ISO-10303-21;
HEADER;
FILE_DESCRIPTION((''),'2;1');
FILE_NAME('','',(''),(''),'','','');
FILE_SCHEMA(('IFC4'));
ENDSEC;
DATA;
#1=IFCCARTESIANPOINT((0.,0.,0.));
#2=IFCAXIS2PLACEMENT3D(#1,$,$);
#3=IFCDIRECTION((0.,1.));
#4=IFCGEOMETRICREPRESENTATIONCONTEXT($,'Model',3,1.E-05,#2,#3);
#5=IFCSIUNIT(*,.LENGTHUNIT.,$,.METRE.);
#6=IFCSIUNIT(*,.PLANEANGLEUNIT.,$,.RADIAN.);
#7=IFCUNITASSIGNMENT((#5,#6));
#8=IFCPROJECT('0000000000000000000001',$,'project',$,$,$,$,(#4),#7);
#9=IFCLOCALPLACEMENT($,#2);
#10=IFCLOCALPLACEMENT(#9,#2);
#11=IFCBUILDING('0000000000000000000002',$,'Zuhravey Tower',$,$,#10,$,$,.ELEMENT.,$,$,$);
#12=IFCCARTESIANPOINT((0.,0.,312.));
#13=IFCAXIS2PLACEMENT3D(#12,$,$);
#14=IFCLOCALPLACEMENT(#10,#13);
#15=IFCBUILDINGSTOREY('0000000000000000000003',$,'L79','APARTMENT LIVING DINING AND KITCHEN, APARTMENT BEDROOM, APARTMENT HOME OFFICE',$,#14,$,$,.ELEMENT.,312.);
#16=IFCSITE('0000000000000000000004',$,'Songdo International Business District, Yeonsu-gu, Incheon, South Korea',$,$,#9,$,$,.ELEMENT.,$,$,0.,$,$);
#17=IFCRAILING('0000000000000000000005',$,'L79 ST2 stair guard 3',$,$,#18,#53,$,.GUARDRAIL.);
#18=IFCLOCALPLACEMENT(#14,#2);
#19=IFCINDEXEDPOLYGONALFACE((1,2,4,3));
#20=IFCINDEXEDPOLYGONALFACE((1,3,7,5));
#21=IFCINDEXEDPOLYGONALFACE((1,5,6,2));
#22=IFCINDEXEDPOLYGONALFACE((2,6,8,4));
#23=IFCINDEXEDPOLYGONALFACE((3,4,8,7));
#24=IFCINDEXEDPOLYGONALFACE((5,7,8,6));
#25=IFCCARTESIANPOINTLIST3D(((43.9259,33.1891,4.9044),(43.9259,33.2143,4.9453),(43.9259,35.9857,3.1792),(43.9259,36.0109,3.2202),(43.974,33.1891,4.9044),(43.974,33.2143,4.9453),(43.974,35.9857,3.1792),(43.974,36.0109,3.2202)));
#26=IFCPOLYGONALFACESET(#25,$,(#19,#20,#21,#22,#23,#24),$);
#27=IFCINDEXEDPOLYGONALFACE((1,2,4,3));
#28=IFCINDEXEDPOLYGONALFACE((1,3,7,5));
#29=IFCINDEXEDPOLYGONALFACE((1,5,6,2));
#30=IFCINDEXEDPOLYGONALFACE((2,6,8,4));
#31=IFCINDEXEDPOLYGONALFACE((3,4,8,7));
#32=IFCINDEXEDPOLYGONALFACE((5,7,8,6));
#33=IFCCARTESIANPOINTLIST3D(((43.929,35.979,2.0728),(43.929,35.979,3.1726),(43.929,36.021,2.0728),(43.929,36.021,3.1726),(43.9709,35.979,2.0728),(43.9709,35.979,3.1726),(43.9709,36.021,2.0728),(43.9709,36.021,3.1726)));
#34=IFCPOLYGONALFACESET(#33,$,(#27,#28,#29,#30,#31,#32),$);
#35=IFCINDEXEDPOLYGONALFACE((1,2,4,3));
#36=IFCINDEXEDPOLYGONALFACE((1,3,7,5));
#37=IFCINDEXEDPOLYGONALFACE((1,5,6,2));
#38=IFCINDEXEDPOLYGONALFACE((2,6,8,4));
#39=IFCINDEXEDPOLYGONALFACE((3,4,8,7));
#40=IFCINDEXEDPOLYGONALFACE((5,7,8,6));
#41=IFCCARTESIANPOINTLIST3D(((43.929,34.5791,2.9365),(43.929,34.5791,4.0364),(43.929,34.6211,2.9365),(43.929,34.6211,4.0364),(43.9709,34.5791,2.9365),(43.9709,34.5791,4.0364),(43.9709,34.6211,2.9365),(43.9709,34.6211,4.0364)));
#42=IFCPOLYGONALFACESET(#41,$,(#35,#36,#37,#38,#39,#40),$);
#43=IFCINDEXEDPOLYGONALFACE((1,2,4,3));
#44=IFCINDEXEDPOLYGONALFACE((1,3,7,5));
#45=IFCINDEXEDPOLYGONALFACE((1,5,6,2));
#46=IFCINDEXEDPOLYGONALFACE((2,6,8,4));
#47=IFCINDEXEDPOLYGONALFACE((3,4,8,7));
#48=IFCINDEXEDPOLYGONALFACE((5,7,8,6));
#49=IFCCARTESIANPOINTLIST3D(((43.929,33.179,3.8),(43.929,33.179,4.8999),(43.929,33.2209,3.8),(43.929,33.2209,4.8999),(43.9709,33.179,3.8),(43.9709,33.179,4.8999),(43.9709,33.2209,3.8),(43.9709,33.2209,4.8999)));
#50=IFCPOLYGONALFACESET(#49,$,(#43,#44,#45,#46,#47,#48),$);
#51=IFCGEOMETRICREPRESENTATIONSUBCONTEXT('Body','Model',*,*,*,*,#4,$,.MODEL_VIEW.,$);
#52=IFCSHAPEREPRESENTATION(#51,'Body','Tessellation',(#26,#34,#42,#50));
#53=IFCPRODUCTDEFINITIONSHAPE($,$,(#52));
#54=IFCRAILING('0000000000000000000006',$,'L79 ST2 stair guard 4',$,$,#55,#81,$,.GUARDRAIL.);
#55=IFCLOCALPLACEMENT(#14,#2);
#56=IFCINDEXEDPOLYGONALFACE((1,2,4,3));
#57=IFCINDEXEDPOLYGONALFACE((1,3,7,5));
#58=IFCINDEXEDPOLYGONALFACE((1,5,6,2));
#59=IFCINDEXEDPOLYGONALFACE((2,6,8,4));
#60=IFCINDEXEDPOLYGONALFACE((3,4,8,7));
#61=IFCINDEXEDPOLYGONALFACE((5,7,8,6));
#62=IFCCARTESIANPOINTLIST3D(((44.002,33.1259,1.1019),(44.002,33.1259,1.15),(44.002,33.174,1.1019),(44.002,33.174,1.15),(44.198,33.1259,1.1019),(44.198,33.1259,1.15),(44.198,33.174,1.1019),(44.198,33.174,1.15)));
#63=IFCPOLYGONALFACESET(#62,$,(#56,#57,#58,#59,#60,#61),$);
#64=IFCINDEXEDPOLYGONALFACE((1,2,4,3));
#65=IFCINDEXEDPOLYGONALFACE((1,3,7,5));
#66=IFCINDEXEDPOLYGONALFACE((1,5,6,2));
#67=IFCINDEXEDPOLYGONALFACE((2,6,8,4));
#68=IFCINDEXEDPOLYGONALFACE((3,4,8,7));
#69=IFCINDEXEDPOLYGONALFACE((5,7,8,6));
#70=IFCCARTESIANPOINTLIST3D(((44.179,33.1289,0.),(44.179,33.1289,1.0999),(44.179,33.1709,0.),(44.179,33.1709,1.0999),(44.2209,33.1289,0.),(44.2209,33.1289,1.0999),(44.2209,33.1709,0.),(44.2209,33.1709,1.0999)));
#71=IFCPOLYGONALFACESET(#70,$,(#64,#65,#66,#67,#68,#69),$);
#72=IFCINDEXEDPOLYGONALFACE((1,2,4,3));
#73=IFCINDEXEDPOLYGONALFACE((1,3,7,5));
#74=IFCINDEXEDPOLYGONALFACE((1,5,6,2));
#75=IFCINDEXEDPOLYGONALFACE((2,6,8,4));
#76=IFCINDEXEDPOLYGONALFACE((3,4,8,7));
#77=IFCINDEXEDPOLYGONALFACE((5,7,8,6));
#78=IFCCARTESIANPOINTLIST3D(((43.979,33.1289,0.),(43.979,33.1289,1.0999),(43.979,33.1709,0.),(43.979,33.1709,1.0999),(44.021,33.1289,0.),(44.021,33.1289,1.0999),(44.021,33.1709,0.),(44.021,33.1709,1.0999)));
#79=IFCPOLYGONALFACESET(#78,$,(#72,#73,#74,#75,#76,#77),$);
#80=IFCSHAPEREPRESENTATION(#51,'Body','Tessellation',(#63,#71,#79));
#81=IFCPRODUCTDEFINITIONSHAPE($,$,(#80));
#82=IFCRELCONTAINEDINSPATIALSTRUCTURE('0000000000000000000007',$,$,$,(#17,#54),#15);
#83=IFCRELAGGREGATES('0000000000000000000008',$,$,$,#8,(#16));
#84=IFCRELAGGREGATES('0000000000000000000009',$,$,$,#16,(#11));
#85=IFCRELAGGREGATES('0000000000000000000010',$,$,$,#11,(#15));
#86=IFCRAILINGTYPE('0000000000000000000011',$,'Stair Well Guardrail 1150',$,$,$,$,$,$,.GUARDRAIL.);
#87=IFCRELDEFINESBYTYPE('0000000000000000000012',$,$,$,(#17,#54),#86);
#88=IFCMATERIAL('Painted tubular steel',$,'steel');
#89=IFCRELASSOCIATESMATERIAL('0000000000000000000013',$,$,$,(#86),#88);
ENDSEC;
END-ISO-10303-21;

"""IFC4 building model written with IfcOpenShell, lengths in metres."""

from ifc_helpers import new_model, si_unit, direction, frame, origin, origin_2d, place, context, subcontext, project, spatial, rectangle, extrude, material, type_object, element, save


model = new_model("IFC4")

# Units and contexts
model_context = context("Model", 3, precision=1e-05, world=origin(), true_north=direction((0.0, 1.0)))
body_context = subcontext(model_context, "Body", "Model", "MODEL_VIEW")
ifc_project = project(units=[si_unit("LENGTHUNIT", "METRE"), si_unit("PLANEANGLEUNIT", "RADIAN")], contexts=[model_context])

# Site, building, storey
site_placement = place(None, origin())
site = spatial("IfcSite", under=ifc_project, at=site_placement, Name="Songdo International Business District, Yeonsu-gu, Incheon, South Korea", CompositionType="ELEMENT", RefElevation=0.0)
building_placement = place(site_placement, origin())
building = spatial("IfcBuilding", under=site, at=building_placement, Name="Zuhravey Tower", CompositionType="ELEMENT")
storey_placement = place(building_placement, frame((0.0, 0.0, 312.0)))
storey = spatial("IfcBuildingStorey", under=building, at=storey_placement, Name="L79", Description="APARTMENT LIVING DINING AND KITCHEN, APARTMENT BEDROOM, APARTMENT HOME OFFICE", CompositionType="ELEMENT", Elevation=312.0)

# Railings
ifc_material_1 = material(Name="Painted tubular steel", Category="steel")
railing_type_1 = type_object("IfcRailingType", Name="Stair Well Guardrail 1150", PredefinedType="GUARDRAIL", material=ifc_material_1)
railing_1_placement = place(storey_placement, frame((43.95, 36.0, 2.0728)))
element("IfcRailing", 1, at=railing_1_placement, inside=storey, type_object=railing_type_1, Name="L79 ST2 stair guard 3", PredefinedType="GUARDRAIL", context=body_context, shape_type="SweptSolid", body=[
    extrude(rectangle(XDim=0.0481, YDim=0.0481, at=origin_2d()), frame((0.0, -0.0017, 1.127), z_axis=(0.0, -0.85109, 0.52502), x_axis=(1.0, 0.0, 0.0)), (0.0, 0.0, 1.0), 3.2859),
    extrude(rectangle(XDim=0.042, YDim=0.042, at=origin_2d()), origin(), (0.0, 0.0, 1.0), 1.0999),
    extrude(rectangle(XDim=0.042, YDim=0.042, at=origin_2d()), frame((0.0, -1.3999, 0.8638)), (0.0, 0.0, 1.0), 1.0999),
    extrude(rectangle(XDim=0.042, YDim=0.042, at=origin_2d()), frame((0.0, -2.8, 1.7273)), (0.0, 0.0, 1.0), 1.0999),
])
railing_2_placement = place(storey_placement, frame((44.2, 33.1499, 0.0)))
element("IfcRailing", 2, at=railing_2_placement, inside=storey, type_object=railing_type_1, Name="L79 ST2 stair guard 4", PredefinedType="GUARDRAIL", context=body_context, shape_type="SweptSolid", body=[
    extrude(rectangle(XDim=0.0481, YDim=0.0481, at=origin_2d()), frame((-0.002, 0.0, 1.126), z_axis=(-1.0, 0.0, 0.0), x_axis=(0.0, -1.0, 0.0)), (0.0, 0.0, 1.0), 0.196),
    extrude(rectangle(XDim=0.042, YDim=0.042, at=origin_2d()), origin(), (0.0, 0.0, 1.0), 1.0999),
    extrude(rectangle(XDim=0.042, YDim=0.042, at=origin_2d()), frame((-0.2, 0.0, 0.0)), (0.0, 0.0, 1.0), 1.0999),
])

save(model, "model.ifc")
